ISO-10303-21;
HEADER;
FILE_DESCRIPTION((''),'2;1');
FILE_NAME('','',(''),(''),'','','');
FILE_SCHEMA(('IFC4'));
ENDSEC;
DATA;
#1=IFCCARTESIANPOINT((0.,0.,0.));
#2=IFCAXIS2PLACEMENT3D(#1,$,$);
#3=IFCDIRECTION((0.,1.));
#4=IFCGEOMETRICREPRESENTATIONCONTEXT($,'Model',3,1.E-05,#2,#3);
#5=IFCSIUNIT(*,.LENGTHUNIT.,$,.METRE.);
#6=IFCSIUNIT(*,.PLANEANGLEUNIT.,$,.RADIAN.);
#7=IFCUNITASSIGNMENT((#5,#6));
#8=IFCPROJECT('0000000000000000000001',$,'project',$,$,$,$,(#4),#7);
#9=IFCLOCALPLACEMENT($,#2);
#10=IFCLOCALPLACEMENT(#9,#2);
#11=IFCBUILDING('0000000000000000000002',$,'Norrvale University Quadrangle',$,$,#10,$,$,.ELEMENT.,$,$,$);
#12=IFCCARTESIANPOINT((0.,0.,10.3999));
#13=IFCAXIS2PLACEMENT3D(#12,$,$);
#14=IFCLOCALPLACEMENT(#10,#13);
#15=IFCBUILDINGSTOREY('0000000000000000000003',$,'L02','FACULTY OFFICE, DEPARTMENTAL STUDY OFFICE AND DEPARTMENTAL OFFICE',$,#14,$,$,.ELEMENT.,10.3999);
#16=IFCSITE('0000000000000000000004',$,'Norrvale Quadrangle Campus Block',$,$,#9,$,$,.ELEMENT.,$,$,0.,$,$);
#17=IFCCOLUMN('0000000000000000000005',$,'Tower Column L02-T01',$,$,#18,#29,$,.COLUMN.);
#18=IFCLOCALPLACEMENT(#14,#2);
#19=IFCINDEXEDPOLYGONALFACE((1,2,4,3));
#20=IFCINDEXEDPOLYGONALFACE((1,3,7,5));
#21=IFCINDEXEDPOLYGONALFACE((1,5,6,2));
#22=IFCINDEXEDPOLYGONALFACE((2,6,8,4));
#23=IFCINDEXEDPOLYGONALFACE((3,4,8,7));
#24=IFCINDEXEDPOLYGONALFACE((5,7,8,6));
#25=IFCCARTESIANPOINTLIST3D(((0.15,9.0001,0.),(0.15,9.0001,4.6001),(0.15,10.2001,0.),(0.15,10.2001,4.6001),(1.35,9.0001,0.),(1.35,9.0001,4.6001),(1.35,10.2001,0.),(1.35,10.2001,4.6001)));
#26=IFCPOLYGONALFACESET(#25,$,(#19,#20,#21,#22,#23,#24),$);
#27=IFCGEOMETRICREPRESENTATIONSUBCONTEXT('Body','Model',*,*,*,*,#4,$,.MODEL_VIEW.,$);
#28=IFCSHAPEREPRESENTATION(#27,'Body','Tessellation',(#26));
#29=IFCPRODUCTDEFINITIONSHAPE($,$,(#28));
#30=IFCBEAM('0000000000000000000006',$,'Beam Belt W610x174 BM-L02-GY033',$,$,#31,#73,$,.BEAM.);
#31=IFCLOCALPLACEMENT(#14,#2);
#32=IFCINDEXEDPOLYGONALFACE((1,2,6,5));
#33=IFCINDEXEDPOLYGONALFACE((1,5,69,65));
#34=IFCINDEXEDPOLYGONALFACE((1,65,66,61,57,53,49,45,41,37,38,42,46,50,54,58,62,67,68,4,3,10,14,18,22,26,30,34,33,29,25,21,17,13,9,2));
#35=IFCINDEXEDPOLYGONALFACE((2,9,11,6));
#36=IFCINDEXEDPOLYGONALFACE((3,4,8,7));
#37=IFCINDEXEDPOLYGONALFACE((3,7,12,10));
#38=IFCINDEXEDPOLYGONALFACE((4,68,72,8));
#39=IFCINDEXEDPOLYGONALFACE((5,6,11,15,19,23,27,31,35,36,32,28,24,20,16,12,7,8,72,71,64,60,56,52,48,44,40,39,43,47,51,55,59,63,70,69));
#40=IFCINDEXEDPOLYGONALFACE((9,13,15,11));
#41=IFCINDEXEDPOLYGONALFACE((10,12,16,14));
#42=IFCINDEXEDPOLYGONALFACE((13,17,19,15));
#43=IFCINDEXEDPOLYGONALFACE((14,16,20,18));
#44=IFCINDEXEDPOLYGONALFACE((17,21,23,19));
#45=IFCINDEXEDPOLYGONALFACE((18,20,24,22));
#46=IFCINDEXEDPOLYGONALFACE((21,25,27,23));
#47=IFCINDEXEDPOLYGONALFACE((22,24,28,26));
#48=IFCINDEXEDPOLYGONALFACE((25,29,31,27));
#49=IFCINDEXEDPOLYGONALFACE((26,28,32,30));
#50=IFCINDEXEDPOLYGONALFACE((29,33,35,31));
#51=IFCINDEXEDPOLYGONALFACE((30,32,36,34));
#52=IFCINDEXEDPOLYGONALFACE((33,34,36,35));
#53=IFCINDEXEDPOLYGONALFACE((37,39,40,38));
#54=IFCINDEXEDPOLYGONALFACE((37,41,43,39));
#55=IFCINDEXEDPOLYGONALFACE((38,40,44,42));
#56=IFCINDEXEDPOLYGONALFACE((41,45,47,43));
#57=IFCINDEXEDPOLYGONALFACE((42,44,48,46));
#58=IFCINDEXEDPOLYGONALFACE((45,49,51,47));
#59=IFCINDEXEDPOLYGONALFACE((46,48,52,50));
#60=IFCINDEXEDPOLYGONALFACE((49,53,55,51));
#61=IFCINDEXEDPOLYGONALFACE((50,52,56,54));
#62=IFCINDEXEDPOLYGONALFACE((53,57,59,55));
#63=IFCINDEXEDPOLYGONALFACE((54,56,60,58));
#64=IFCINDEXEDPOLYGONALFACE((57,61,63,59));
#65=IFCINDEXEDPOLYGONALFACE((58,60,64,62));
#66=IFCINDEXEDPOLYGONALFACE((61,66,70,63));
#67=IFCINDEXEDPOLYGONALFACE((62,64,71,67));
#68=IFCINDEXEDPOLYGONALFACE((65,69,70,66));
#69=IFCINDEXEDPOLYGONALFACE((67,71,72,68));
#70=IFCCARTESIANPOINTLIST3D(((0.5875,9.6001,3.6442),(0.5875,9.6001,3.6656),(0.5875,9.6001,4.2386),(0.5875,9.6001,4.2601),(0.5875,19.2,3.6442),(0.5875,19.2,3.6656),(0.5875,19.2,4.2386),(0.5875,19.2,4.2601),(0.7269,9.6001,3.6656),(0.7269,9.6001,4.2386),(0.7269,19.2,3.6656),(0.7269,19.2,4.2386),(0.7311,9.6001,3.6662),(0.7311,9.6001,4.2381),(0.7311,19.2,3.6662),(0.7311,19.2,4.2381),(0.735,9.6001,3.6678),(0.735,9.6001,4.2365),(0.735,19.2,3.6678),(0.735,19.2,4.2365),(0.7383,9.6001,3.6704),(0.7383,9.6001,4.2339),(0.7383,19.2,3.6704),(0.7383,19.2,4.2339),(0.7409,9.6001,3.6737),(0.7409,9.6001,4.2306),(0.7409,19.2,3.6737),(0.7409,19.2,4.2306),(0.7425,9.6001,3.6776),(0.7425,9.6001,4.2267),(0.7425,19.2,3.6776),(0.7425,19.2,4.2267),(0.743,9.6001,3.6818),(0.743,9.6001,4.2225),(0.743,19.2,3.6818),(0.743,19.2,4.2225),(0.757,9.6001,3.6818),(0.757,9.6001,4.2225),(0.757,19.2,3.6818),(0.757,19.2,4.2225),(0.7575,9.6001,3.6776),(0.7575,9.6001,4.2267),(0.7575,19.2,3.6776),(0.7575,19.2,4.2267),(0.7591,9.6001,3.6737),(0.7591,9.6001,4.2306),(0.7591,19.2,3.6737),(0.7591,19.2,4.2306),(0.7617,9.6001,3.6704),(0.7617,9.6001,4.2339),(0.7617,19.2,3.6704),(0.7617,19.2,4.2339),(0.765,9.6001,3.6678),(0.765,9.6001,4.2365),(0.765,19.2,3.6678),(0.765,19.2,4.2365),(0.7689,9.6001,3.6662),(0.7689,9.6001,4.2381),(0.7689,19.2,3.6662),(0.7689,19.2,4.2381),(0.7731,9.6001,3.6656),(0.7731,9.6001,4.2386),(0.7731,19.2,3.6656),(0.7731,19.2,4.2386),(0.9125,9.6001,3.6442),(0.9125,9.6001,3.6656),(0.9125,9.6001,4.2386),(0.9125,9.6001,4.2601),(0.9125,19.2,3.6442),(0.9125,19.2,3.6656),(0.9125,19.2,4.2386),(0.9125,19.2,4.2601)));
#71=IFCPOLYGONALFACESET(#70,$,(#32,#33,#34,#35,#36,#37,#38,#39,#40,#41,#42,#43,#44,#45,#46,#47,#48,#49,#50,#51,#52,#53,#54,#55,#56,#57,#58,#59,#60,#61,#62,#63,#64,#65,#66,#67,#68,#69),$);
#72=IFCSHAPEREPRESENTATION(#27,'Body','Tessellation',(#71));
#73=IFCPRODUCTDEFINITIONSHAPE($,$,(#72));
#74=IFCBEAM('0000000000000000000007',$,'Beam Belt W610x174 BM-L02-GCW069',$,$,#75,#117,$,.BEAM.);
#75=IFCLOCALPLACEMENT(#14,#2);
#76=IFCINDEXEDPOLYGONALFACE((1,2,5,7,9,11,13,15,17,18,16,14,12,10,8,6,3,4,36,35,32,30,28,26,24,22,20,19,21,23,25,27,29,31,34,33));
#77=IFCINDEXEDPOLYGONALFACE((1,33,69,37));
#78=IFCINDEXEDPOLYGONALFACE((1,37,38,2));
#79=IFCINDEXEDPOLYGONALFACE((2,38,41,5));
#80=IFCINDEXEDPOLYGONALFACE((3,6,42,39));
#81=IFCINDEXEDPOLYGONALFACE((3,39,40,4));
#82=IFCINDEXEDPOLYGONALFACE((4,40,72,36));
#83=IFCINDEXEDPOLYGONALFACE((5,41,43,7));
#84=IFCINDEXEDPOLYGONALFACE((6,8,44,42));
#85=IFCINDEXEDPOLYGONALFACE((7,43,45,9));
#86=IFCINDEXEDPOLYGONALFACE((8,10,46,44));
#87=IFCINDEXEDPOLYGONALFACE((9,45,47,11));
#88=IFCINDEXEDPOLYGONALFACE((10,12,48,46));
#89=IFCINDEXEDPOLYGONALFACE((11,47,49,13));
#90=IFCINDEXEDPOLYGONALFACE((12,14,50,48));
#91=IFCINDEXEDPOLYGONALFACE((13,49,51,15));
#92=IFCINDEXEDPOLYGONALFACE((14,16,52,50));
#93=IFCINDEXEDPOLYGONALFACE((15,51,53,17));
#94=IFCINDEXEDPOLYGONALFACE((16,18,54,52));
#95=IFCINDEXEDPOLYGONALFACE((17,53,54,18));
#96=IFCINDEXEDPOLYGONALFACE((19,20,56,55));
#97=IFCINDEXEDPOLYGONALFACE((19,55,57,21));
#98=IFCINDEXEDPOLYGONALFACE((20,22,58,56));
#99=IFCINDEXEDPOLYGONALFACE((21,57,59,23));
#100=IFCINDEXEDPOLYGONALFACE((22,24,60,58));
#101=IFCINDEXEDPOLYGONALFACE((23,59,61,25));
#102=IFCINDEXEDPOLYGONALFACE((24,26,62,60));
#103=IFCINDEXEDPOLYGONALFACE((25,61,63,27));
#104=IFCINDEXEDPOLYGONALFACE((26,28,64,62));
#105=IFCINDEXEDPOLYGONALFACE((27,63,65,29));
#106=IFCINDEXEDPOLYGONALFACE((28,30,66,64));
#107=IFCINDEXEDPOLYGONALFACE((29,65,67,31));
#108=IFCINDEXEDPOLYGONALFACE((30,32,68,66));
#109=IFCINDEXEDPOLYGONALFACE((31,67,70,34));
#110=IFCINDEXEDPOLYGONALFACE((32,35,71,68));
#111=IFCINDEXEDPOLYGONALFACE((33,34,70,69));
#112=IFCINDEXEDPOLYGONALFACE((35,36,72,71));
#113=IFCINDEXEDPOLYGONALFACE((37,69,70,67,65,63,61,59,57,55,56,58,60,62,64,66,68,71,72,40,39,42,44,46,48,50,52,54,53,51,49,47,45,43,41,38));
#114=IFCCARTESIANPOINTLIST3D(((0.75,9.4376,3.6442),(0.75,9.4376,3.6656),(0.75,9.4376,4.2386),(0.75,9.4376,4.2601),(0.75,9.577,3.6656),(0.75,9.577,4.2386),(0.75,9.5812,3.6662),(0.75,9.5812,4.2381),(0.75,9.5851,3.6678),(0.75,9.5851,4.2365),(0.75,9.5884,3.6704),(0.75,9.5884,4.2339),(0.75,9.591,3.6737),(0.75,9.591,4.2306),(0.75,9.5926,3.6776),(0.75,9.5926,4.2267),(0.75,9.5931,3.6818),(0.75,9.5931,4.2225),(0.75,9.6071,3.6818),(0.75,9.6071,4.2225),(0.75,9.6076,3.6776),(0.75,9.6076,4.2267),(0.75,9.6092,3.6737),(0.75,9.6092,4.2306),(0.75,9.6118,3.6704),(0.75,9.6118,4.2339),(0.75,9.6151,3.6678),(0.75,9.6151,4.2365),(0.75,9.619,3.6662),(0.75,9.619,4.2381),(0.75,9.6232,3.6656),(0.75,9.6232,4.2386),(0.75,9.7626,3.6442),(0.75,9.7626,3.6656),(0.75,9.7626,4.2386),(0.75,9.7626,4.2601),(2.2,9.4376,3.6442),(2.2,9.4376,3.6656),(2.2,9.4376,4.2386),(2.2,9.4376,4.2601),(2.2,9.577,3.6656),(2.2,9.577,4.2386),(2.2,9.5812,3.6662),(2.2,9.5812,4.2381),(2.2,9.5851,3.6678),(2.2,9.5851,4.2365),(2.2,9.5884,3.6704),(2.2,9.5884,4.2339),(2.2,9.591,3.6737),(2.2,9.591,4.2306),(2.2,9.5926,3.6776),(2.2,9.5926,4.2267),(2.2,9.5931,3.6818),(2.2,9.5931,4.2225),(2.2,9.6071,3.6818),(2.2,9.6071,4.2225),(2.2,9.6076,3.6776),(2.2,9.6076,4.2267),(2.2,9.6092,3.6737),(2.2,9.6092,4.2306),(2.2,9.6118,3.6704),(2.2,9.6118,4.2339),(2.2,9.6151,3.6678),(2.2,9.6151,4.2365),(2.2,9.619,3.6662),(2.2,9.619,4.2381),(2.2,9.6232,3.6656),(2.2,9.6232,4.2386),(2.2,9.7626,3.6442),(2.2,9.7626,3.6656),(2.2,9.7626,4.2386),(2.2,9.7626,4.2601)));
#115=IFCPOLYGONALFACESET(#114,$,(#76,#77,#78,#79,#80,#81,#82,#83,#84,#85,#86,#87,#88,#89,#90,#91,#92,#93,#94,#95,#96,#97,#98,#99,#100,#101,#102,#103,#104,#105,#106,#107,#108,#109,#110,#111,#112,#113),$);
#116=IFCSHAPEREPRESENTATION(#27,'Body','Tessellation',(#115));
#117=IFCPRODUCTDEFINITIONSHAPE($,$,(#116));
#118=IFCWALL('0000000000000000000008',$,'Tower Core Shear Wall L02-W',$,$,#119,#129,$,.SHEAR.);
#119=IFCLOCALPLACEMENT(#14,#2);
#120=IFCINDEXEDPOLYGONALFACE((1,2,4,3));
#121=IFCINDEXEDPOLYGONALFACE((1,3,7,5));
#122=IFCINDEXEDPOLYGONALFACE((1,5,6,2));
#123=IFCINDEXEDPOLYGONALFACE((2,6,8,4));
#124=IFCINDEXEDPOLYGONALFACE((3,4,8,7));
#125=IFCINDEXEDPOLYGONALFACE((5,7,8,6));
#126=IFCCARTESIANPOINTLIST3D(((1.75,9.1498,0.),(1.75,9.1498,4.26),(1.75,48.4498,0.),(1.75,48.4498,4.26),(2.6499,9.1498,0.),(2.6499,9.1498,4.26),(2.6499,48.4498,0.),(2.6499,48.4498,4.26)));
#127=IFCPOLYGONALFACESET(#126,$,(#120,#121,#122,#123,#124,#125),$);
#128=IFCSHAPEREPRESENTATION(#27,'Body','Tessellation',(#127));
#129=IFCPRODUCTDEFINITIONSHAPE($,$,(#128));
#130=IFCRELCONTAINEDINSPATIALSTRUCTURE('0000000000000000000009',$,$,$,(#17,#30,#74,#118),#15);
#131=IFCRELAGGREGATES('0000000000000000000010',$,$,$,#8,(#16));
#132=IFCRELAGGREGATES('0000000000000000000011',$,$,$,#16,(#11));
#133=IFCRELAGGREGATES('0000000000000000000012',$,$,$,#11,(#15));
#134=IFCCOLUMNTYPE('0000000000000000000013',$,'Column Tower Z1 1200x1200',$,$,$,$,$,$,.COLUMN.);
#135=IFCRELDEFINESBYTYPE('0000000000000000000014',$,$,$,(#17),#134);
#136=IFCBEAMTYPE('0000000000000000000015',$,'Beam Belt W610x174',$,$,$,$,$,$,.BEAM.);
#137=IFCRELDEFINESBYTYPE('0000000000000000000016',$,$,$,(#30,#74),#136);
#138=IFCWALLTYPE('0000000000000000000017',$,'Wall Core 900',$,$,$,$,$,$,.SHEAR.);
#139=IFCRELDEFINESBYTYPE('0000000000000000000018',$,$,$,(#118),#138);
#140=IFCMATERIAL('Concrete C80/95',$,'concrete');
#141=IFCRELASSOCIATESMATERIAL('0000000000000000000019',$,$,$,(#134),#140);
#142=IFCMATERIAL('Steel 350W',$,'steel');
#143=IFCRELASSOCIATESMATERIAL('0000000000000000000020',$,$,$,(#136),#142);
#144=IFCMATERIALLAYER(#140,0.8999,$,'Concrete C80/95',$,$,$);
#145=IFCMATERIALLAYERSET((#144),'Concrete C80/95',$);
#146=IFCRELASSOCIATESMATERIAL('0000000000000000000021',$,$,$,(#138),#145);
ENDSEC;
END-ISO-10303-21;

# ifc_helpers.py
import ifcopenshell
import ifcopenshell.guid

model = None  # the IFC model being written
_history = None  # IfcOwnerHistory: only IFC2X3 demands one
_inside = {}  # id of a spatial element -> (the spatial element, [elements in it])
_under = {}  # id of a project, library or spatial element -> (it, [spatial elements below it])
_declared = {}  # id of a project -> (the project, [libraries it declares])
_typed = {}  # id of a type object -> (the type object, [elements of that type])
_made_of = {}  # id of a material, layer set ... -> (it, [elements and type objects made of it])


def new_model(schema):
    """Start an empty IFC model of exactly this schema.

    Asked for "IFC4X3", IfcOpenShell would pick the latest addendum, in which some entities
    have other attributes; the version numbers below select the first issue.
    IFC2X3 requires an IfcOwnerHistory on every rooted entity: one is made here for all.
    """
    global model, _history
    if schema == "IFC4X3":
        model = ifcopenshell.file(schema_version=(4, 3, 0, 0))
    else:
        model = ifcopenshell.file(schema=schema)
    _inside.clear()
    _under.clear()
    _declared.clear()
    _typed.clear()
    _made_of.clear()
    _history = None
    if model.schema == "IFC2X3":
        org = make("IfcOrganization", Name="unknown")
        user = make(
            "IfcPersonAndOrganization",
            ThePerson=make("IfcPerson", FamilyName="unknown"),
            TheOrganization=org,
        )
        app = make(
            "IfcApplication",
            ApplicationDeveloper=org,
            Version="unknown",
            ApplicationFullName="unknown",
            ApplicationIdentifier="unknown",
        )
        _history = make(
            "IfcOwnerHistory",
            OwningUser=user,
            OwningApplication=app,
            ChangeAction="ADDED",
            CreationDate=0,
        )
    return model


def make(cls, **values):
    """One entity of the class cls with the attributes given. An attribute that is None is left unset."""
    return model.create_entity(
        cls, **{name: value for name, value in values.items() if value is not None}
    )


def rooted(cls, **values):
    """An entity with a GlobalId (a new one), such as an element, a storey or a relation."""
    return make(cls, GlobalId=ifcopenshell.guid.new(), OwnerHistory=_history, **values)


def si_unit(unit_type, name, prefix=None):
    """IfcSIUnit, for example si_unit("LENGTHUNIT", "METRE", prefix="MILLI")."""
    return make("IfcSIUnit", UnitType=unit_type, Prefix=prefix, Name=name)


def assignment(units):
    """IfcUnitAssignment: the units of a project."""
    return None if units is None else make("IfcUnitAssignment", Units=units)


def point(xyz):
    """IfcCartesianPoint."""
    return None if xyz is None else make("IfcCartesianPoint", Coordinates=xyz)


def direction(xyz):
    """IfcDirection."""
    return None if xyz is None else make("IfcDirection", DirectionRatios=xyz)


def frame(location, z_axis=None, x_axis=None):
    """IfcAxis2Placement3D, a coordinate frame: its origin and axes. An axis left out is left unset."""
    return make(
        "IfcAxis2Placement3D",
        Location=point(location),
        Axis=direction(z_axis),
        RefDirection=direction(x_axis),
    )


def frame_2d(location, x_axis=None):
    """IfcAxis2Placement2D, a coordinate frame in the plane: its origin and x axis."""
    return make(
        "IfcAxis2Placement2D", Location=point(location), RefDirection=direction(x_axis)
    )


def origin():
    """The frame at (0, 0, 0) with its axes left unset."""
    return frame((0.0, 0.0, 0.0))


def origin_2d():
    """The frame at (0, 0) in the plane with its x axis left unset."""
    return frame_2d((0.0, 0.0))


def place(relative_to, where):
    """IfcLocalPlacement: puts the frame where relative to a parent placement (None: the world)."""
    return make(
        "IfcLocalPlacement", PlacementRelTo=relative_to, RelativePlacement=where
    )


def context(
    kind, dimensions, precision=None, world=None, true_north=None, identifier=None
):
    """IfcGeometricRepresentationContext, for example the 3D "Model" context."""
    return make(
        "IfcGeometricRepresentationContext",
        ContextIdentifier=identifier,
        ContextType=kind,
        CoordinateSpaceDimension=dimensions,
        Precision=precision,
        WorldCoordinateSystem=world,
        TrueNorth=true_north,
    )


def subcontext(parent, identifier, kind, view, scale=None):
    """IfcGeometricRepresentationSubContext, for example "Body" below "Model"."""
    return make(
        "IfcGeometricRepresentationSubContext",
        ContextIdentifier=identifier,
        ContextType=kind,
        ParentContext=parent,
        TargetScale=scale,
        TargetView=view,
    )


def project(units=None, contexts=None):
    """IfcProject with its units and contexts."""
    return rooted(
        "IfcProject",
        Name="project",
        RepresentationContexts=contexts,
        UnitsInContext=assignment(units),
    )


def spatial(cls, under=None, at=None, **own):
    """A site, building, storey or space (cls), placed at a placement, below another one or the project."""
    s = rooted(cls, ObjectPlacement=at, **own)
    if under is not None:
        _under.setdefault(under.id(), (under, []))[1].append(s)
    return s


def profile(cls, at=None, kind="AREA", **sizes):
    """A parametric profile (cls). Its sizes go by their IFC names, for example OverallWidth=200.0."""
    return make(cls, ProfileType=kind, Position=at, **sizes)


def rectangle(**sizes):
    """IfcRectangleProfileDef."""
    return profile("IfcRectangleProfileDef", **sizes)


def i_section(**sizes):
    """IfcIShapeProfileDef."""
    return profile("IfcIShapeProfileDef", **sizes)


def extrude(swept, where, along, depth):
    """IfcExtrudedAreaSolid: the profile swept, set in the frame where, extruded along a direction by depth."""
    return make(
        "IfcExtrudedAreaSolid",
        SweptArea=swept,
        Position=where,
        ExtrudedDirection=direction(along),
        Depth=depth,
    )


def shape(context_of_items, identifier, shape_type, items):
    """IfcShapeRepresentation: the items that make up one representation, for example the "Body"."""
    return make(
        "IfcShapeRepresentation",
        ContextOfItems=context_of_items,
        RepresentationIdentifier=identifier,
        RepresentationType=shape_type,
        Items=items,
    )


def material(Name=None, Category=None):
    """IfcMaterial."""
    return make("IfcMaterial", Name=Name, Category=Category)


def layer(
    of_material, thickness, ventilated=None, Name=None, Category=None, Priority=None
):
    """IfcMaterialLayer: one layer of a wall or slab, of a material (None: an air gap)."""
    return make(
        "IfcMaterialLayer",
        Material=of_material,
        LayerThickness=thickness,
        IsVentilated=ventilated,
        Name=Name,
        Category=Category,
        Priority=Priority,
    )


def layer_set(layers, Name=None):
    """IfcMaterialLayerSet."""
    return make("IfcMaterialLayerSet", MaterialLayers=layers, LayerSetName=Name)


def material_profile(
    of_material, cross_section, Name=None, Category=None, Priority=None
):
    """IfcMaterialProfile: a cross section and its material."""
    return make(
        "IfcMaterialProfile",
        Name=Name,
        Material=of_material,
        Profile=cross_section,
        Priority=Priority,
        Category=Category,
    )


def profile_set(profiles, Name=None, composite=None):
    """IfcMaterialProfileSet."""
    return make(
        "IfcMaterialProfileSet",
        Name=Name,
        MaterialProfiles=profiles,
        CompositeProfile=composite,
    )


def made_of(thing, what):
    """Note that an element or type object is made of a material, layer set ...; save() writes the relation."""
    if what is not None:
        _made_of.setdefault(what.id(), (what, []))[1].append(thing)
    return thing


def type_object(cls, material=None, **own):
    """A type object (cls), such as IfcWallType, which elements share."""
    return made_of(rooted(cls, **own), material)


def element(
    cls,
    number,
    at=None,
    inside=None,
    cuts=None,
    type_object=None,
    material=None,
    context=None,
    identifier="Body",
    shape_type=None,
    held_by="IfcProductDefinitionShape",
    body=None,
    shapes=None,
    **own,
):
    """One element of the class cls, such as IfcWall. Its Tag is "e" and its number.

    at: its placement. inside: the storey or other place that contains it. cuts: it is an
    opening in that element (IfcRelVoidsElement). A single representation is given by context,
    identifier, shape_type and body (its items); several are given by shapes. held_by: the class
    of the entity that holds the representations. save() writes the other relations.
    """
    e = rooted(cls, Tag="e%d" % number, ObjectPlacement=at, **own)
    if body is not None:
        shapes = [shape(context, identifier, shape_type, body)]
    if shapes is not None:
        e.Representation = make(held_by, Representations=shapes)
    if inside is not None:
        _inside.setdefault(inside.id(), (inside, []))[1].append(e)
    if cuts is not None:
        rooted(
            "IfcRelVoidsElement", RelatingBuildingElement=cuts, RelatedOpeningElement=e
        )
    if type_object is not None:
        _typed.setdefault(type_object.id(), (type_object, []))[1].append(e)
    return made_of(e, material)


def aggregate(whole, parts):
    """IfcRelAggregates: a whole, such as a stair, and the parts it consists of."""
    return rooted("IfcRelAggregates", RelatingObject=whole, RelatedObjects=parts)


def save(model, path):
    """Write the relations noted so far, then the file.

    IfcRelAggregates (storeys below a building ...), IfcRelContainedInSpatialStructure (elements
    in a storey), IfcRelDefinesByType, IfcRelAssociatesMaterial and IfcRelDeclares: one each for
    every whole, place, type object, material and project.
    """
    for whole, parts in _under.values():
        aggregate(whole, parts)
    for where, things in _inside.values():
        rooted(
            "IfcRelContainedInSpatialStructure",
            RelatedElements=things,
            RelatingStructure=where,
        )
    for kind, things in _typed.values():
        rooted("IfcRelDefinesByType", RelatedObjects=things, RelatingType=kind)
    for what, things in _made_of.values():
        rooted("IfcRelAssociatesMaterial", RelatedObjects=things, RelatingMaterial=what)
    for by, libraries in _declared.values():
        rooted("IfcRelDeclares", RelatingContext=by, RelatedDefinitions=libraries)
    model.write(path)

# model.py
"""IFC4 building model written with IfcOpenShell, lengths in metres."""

from ifc_helpers import new_model, si_unit, direction, frame, frame_2d, origin, origin_2d, place, context, subcontext, project, spatial, rectangle, i_section, extrude, material, layer, layer_set, material_profile, profile_set, type_object, element, save


model = new_model("IFC4")

# Units and contexts
model_context = context("Model", 3, precision=1e-05, world=origin(), true_north=direction((0.0, 1.0)))
body_context = subcontext(model_context, "Body", "Model", "MODEL_VIEW")
ifc_project = project(units=[si_unit("LENGTHUNIT", "METRE"), si_unit("PLANEANGLEUNIT", "RADIAN")], contexts=[model_context])

# Site, building, storey
site_placement = place(None, origin())
site = spatial("IfcSite", under=ifc_project, at=site_placement, Name="Norrvale Quadrangle Campus Block", CompositionType="ELEMENT", RefElevation=0.0)
building_placement = place(site_placement, origin())
building = spatial("IfcBuilding", under=site, at=building_placement, Name="Norrvale University Quadrangle", CompositionType="ELEMENT")
storey_placement = place(building_placement, frame((0.0, 0.0, 10.3999)))
storey = spatial("IfcBuildingStorey", under=building, at=storey_placement, Name="L02", Description="FACULTY OFFICE, DEPARTMENTAL STUDY OFFICE AND DEPARTMENTAL OFFICE", CompositionType="ELEMENT", Elevation=10.3999)

# Column
ifc_material_1 = material(Name="Concrete C80/95", Category="concrete")
ifc_material_profile_1 = material_profile(ifc_material_1, rectangle(XDim=1.2, YDim=1.2, at=origin_2d()), Name="Concrete C80/95")
ifc_profile_set_1 = profile_set([ifc_material_profile_1], Name="Concrete C80/95")
column_type = type_object("IfcColumnType", Name="Column Tower Z1 1200x1200", PredefinedType="COLUMN", material=ifc_profile_set_1)
column_placement = place(storey_placement, frame((0.75, 9.6001, 0.0), z_axis=(0.0, 0.0, 1.0), x_axis=(1.0, 0.0, 0.0)))
element("IfcColumn", 1, at=column_placement, inside=storey, type_object=column_type, Name="Tower Column L02-T01", PredefinedType="COLUMN", context=body_context, shape_type="SweptSolid", body=[
    extrude(rectangle(XDim=1.2, YDim=1.2, at=origin_2d()), origin(), (0.0, 0.0, 1.0), 4.6001),
])

# Beams
ifc_material_2 = material(Name="Steel 350W", Category="steel")
ifc_material_profile_2 = material_profile(ifc_material_2, i_section(OverallWidth=0.325, OverallDepth=0.616, WebThickness=0.0139, FlangeThickness=0.0215, FilletRadius=0.0161, at=origin_2d()), Name="Steel 350W")
ifc_profile_set_2 = profile_set([ifc_material_profile_2], Name="Steel 350W")
beam_type = type_object("IfcBeamType", Name="Beam Belt W610x174", PredefinedType="BEAM", material=ifc_profile_set_2)
beam_1_placement = place(storey_placement, frame((0.75, 9.6001, 3.9521), z_axis=(0.0, 1.0, 0.0), x_axis=(-1.0, 0.0, 0.0)))
element("IfcBeam", 2, at=beam_1_placement, inside=storey, type_object=beam_type, Name="Beam Belt W610x174 BM-L02-GY033", PredefinedType="BEAM", context=body_context, shape_type="SweptSolid", body=[
    extrude(i_section(OverallWidth=0.325, OverallDepth=0.616, WebThickness=0.0139, FlangeThickness=0.0215, FilletRadius=0.0161, at=origin_2d()), origin(), (0.0, 0.0, 1.0), 9.5999),
])
beam_2_placement = place(storey_placement, frame((0.75, 9.6001, 3.9521), z_axis=(1.0, 0.0, 0.0), x_axis=(0.0, 1.0, 0.0)))
element("IfcBeam", 3, at=beam_2_placement, inside=storey, type_object=beam_type, Name="Beam Belt W610x174 BM-L02-GCW069", PredefinedType="BEAM", context=body_context, shape_type="SweptSolid", body=[
    extrude(i_section(OverallWidth=0.325, OverallDepth=0.616, WebThickness=0.0139, FlangeThickness=0.0215, FilletRadius=0.0161, at=origin_2d()), origin(), (0.0, 0.0, 1.0), 1.45),
])

# Wall
ifc_layer_1 = layer(ifc_material_1, 0.8999, Name="Concrete C80/95")
ifc_layer_set_1 = layer_set([ifc_layer_1], Name="Concrete C80/95")
wall_type_1 = type_object("IfcWallType", Name="Wall Core 900", PredefinedType="SHEAR", material=ifc_layer_set_1)
wall_1_placement = place(storey_placement, frame((2.2, 9.1499, 0.0), z_axis=(0.0, 0.0, 1.0), x_axis=(0.0, 1.0, 0.0)))
element("IfcWall", 4, at=wall_1_placement, inside=storey, type_object=wall_type_1, Name="Tower Core Shear Wall L02-W", PredefinedType="SHEAR", context=body_context, shape_type="SweptSolid", body=[
    extrude(rectangle(XDim=39.3, YDim=0.8999, at=frame_2d((19.6499, 0.0))), origin(), (0.0, 0.0, 1.0), 4.26),
])

save(model, "model.ifc")
